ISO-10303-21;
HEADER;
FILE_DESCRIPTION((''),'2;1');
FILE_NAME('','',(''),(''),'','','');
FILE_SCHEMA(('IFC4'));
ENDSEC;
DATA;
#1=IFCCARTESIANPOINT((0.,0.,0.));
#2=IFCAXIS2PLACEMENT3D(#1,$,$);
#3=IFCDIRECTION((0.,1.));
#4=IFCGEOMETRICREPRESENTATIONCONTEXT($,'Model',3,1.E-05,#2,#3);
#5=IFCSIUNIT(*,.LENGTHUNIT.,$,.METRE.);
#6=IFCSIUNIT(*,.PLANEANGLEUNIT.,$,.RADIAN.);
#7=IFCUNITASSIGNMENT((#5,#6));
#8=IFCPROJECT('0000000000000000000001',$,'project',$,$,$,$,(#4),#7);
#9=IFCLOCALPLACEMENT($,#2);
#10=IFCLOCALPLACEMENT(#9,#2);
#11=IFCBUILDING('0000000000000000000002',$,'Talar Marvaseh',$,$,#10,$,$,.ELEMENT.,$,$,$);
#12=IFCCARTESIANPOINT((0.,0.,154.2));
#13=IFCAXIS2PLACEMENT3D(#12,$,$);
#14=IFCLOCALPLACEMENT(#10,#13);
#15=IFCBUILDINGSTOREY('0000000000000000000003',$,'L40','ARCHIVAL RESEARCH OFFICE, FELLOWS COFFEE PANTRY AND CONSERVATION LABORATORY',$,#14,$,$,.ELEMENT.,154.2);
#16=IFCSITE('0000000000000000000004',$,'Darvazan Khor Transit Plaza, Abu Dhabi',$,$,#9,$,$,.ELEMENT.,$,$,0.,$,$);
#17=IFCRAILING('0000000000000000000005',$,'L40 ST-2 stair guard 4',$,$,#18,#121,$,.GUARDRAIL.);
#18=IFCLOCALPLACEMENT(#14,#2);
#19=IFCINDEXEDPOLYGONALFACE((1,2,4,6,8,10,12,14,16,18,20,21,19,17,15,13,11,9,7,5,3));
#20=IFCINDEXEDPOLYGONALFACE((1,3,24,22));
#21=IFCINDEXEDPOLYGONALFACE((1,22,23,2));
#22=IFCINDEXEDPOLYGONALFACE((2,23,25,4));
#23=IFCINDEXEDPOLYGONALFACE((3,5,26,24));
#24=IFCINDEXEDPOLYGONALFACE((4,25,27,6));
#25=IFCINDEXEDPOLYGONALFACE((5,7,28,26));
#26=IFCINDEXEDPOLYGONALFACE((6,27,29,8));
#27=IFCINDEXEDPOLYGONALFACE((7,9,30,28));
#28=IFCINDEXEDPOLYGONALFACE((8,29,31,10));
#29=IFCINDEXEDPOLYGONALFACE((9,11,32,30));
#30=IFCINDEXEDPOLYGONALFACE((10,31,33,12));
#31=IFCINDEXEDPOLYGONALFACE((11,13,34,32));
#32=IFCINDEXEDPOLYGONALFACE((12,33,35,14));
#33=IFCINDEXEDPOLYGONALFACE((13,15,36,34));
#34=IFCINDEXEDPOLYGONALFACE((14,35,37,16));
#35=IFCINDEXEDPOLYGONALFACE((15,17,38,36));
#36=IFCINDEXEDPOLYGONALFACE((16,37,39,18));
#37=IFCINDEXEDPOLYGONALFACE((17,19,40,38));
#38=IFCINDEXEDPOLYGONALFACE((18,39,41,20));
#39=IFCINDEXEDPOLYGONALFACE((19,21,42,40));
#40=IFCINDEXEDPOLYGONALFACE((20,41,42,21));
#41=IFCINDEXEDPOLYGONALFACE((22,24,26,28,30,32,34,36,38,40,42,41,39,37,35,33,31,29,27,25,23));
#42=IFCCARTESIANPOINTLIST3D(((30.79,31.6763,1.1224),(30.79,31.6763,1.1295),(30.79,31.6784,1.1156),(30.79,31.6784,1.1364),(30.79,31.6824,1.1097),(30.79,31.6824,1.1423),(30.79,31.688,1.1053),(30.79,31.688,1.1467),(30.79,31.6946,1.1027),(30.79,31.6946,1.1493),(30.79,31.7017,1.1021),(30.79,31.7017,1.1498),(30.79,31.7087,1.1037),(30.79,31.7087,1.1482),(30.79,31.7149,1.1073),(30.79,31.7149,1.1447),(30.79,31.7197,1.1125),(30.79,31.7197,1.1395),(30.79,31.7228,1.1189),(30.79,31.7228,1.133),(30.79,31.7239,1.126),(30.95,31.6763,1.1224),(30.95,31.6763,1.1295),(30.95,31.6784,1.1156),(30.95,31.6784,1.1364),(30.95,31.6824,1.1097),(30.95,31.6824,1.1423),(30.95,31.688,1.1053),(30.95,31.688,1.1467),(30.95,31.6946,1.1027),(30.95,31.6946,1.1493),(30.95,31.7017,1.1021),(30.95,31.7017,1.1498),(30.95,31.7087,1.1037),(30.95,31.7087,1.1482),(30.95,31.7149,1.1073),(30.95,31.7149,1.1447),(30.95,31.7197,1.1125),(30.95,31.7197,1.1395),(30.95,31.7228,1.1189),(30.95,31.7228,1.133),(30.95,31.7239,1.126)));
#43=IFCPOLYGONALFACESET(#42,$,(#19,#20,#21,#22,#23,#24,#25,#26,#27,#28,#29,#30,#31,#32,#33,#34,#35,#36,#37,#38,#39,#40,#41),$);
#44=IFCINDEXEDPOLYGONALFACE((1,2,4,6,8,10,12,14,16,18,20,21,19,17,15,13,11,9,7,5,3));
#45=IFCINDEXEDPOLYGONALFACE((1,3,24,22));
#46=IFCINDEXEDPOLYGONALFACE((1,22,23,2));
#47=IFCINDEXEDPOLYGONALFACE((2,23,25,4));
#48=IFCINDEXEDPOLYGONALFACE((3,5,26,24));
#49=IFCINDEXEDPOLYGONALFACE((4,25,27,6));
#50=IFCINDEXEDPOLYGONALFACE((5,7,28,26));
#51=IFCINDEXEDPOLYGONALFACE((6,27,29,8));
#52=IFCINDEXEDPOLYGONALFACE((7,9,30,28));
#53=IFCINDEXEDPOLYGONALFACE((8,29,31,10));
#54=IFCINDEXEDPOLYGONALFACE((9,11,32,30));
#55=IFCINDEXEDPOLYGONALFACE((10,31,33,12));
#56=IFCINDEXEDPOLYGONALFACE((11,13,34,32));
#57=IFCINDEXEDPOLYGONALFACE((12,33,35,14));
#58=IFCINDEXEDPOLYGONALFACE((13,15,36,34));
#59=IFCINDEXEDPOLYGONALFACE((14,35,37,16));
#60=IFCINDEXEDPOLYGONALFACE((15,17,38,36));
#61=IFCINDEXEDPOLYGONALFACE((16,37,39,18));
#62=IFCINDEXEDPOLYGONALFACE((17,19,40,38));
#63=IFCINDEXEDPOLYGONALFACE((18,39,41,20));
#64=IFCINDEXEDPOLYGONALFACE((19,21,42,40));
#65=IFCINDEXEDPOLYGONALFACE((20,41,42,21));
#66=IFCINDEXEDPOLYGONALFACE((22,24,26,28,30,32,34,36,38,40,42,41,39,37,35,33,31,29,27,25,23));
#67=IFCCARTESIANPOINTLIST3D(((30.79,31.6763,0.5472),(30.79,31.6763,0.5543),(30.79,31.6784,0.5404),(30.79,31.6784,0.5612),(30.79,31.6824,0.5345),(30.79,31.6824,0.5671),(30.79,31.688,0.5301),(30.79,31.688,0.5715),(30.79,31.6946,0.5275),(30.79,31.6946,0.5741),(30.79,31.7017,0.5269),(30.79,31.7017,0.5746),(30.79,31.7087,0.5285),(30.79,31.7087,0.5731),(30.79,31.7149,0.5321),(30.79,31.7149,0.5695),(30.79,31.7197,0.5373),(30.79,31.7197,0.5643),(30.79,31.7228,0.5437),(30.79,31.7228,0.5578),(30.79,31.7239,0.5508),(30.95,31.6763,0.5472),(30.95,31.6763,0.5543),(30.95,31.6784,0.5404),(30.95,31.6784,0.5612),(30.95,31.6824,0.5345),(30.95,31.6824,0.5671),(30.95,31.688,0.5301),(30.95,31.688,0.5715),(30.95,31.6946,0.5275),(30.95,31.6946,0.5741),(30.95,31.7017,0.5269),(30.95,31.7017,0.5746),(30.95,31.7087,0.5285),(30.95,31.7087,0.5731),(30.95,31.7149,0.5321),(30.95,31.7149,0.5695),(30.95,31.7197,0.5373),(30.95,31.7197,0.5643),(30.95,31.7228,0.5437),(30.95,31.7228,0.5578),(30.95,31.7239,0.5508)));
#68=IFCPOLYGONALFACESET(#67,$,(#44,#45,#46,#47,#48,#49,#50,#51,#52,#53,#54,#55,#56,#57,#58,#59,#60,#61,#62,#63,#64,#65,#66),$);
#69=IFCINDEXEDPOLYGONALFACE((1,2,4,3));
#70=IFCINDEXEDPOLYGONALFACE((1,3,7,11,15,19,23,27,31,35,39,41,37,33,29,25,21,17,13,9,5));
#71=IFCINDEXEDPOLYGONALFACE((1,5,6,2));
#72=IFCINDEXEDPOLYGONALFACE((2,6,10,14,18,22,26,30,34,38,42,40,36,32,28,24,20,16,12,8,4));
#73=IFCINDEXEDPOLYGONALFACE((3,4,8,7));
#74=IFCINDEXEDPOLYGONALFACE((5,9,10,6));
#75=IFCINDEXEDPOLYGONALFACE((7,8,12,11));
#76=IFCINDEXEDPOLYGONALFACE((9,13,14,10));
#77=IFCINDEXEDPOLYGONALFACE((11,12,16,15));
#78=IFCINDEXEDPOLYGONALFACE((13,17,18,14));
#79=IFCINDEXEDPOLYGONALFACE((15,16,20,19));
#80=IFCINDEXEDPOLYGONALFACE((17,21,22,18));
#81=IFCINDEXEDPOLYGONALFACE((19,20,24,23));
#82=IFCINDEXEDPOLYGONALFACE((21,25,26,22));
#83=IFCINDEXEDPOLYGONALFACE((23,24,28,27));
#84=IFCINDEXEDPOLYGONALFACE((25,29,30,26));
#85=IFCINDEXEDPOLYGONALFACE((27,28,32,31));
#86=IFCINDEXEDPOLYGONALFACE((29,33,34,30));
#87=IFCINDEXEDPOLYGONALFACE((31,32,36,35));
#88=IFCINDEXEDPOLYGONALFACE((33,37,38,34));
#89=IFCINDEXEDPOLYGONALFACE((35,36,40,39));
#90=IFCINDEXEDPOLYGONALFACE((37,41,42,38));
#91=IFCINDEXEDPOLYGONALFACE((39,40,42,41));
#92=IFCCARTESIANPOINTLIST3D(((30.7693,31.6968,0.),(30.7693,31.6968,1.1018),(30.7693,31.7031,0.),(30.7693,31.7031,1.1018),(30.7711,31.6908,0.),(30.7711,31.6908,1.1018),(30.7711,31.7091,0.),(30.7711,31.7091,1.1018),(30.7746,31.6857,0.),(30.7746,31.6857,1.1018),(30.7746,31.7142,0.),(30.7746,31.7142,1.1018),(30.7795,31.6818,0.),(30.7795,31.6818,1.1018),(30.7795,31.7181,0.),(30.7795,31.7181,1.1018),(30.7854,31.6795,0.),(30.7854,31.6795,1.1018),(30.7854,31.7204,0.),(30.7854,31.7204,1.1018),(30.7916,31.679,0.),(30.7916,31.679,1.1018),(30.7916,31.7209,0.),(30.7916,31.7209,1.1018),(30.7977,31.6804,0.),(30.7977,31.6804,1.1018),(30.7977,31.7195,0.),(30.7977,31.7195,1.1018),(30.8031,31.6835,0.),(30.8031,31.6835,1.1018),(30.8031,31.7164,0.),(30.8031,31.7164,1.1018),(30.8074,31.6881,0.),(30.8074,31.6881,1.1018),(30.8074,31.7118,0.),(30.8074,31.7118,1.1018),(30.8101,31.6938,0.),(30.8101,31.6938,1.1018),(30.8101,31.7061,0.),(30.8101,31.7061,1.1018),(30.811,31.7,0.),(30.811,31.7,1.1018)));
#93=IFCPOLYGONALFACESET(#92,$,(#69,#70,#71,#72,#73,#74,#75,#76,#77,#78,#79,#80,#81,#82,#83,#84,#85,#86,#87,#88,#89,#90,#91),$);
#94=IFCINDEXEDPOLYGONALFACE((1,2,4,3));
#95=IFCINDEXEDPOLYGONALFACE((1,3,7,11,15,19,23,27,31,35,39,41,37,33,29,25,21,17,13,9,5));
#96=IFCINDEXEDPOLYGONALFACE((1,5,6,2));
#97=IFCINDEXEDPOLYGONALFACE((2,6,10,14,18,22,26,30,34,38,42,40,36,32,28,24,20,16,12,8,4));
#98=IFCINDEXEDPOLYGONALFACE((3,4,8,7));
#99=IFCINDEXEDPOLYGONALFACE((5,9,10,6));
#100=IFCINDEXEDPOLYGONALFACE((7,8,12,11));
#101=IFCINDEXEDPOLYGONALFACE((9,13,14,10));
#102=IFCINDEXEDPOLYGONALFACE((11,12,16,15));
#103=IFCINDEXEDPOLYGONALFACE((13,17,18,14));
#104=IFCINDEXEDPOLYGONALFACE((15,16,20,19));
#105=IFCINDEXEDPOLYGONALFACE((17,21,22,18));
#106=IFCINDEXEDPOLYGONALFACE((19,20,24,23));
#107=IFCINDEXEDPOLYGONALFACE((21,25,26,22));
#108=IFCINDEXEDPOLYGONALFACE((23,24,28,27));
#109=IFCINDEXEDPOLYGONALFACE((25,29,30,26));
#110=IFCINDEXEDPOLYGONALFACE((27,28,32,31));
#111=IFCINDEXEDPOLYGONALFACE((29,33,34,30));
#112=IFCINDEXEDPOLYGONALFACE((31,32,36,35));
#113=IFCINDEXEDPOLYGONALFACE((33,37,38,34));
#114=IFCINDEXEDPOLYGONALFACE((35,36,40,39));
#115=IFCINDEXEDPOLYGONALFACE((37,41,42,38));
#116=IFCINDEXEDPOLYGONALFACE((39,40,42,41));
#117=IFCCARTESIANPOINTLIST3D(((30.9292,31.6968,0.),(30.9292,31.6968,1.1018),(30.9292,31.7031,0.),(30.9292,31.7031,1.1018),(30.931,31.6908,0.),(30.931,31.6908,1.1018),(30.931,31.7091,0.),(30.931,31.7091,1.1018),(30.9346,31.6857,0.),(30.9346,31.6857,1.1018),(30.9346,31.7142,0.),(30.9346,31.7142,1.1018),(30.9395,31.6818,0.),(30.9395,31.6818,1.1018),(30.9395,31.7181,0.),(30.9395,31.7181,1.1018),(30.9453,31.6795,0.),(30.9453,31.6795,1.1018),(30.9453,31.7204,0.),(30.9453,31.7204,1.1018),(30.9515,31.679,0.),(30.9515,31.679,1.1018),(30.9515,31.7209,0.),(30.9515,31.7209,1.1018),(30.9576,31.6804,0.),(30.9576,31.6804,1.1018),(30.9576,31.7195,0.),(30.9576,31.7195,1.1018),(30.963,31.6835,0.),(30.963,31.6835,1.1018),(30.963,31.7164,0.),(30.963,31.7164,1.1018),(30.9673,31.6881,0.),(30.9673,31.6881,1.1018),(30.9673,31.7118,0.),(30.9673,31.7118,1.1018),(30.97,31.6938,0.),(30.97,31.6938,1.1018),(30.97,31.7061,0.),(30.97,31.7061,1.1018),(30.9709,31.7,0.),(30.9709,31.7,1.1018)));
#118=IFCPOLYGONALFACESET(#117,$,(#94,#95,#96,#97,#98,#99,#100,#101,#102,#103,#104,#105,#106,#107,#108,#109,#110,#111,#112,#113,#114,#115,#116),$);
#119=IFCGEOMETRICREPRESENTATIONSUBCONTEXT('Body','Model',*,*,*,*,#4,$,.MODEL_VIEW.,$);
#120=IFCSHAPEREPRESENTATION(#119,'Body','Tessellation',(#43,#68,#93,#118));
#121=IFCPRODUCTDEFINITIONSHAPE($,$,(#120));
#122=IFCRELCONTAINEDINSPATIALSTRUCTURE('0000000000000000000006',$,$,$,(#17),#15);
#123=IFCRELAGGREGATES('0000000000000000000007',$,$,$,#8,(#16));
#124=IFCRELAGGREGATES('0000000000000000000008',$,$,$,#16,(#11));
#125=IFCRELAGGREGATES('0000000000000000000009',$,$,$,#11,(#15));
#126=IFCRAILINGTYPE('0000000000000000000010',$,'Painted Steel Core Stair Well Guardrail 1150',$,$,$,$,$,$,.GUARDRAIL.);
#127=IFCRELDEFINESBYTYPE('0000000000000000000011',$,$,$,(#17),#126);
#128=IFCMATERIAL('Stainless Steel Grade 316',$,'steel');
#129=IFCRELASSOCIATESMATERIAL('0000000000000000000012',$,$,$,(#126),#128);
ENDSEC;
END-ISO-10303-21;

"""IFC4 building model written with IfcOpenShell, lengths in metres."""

from ifc_helpers import new_model, si_unit, direction, frame, origin, origin_2d, place, context, subcontext, project, spatial, circle, extrude, material, type_object, element, save


model = new_model("IFC4")

# Units and contexts
model_context = context("Model", 3, precision=1e-05, world=origin(), true_north=direction((0.0, 1.0)))
body_context = subcontext(model_context, "Body", "Model", "MODEL_VIEW")
ifc_project = project(units=[si_unit("LENGTHUNIT", "METRE"), si_unit("PLANEANGLEUNIT", "RADIAN")], contexts=[model_context])

# Site, building, storey
site_placement = place(None, origin())
site = spatial("IfcSite", under=ifc_project, at=site_placement, Name="Darvazan Khor Transit Plaza, Abu Dhabi", CompositionType="ELEMENT", RefElevation=0.0)
building_placement = place(site_placement, origin())
building = spatial("IfcBuilding", under=site, at=building_placement, Name="Talar Marvaseh", CompositionType="ELEMENT")
storey_placement = place(building_placement, frame((0.0, 0.0, 154.2)))
storey = spatial("IfcBuildingStorey", under=building, at=storey_placement, Name="L40", Description="ARCHIVAL RESEARCH OFFICE, FELLOWS COFFEE PANTRY AND CONSERVATION LABORATORY", CompositionType="ELEMENT", Elevation=154.2)

# Shared definitions
ifc_material_1 = material(Name="Stainless Steel Grade 316", Category="steel")

# Railing
railing_type_1 = type_object("IfcRailingType", Name="Painted Steel Core Stair Well Guardrail 1150", PredefinedType="GUARDRAIL", material=ifc_material_1)
railing_1_placement = place(storey_placement, frame((30.79, 31.7, 0.0)))
element("IfcRailing", 1, at=railing_1_placement, inside=storey, type_object=railing_type_1, Name="L40 ST-2 stair guard 4", PredefinedType="GUARDRAIL", context=body_context, shape_type="SweptSolid", body=[
    extrude(circle(Radius=0.0239, at=origin_2d()), frame((0.0, 0.0, 1.126), z_axis=(1.0, 0.0, 0.0), x_axis=(0.0, 1.0, 0.0)), (0.0, 0.0, 1.0), 0.1599),
    extrude(circle(Radius=0.0239, at=origin_2d()), frame((0.0, 0.0, 0.5508), z_axis=(1.0, 0.0, 0.0), x_axis=(0.0, 1.0, 0.0)), (0.0, 0.0, 1.0), 0.1599),
    extrude(circle(Radius=0.021, at=origin_2d()), origin(), (0.0, 0.0, 1.0), 1.1018),
    extrude(circle(Radius=0.021, at=origin_2d()), frame((0.1599, 0.0, 0.0)), (0.0, 0.0, 1.0), 1.1018),
])

save(model, "model.ifc")
